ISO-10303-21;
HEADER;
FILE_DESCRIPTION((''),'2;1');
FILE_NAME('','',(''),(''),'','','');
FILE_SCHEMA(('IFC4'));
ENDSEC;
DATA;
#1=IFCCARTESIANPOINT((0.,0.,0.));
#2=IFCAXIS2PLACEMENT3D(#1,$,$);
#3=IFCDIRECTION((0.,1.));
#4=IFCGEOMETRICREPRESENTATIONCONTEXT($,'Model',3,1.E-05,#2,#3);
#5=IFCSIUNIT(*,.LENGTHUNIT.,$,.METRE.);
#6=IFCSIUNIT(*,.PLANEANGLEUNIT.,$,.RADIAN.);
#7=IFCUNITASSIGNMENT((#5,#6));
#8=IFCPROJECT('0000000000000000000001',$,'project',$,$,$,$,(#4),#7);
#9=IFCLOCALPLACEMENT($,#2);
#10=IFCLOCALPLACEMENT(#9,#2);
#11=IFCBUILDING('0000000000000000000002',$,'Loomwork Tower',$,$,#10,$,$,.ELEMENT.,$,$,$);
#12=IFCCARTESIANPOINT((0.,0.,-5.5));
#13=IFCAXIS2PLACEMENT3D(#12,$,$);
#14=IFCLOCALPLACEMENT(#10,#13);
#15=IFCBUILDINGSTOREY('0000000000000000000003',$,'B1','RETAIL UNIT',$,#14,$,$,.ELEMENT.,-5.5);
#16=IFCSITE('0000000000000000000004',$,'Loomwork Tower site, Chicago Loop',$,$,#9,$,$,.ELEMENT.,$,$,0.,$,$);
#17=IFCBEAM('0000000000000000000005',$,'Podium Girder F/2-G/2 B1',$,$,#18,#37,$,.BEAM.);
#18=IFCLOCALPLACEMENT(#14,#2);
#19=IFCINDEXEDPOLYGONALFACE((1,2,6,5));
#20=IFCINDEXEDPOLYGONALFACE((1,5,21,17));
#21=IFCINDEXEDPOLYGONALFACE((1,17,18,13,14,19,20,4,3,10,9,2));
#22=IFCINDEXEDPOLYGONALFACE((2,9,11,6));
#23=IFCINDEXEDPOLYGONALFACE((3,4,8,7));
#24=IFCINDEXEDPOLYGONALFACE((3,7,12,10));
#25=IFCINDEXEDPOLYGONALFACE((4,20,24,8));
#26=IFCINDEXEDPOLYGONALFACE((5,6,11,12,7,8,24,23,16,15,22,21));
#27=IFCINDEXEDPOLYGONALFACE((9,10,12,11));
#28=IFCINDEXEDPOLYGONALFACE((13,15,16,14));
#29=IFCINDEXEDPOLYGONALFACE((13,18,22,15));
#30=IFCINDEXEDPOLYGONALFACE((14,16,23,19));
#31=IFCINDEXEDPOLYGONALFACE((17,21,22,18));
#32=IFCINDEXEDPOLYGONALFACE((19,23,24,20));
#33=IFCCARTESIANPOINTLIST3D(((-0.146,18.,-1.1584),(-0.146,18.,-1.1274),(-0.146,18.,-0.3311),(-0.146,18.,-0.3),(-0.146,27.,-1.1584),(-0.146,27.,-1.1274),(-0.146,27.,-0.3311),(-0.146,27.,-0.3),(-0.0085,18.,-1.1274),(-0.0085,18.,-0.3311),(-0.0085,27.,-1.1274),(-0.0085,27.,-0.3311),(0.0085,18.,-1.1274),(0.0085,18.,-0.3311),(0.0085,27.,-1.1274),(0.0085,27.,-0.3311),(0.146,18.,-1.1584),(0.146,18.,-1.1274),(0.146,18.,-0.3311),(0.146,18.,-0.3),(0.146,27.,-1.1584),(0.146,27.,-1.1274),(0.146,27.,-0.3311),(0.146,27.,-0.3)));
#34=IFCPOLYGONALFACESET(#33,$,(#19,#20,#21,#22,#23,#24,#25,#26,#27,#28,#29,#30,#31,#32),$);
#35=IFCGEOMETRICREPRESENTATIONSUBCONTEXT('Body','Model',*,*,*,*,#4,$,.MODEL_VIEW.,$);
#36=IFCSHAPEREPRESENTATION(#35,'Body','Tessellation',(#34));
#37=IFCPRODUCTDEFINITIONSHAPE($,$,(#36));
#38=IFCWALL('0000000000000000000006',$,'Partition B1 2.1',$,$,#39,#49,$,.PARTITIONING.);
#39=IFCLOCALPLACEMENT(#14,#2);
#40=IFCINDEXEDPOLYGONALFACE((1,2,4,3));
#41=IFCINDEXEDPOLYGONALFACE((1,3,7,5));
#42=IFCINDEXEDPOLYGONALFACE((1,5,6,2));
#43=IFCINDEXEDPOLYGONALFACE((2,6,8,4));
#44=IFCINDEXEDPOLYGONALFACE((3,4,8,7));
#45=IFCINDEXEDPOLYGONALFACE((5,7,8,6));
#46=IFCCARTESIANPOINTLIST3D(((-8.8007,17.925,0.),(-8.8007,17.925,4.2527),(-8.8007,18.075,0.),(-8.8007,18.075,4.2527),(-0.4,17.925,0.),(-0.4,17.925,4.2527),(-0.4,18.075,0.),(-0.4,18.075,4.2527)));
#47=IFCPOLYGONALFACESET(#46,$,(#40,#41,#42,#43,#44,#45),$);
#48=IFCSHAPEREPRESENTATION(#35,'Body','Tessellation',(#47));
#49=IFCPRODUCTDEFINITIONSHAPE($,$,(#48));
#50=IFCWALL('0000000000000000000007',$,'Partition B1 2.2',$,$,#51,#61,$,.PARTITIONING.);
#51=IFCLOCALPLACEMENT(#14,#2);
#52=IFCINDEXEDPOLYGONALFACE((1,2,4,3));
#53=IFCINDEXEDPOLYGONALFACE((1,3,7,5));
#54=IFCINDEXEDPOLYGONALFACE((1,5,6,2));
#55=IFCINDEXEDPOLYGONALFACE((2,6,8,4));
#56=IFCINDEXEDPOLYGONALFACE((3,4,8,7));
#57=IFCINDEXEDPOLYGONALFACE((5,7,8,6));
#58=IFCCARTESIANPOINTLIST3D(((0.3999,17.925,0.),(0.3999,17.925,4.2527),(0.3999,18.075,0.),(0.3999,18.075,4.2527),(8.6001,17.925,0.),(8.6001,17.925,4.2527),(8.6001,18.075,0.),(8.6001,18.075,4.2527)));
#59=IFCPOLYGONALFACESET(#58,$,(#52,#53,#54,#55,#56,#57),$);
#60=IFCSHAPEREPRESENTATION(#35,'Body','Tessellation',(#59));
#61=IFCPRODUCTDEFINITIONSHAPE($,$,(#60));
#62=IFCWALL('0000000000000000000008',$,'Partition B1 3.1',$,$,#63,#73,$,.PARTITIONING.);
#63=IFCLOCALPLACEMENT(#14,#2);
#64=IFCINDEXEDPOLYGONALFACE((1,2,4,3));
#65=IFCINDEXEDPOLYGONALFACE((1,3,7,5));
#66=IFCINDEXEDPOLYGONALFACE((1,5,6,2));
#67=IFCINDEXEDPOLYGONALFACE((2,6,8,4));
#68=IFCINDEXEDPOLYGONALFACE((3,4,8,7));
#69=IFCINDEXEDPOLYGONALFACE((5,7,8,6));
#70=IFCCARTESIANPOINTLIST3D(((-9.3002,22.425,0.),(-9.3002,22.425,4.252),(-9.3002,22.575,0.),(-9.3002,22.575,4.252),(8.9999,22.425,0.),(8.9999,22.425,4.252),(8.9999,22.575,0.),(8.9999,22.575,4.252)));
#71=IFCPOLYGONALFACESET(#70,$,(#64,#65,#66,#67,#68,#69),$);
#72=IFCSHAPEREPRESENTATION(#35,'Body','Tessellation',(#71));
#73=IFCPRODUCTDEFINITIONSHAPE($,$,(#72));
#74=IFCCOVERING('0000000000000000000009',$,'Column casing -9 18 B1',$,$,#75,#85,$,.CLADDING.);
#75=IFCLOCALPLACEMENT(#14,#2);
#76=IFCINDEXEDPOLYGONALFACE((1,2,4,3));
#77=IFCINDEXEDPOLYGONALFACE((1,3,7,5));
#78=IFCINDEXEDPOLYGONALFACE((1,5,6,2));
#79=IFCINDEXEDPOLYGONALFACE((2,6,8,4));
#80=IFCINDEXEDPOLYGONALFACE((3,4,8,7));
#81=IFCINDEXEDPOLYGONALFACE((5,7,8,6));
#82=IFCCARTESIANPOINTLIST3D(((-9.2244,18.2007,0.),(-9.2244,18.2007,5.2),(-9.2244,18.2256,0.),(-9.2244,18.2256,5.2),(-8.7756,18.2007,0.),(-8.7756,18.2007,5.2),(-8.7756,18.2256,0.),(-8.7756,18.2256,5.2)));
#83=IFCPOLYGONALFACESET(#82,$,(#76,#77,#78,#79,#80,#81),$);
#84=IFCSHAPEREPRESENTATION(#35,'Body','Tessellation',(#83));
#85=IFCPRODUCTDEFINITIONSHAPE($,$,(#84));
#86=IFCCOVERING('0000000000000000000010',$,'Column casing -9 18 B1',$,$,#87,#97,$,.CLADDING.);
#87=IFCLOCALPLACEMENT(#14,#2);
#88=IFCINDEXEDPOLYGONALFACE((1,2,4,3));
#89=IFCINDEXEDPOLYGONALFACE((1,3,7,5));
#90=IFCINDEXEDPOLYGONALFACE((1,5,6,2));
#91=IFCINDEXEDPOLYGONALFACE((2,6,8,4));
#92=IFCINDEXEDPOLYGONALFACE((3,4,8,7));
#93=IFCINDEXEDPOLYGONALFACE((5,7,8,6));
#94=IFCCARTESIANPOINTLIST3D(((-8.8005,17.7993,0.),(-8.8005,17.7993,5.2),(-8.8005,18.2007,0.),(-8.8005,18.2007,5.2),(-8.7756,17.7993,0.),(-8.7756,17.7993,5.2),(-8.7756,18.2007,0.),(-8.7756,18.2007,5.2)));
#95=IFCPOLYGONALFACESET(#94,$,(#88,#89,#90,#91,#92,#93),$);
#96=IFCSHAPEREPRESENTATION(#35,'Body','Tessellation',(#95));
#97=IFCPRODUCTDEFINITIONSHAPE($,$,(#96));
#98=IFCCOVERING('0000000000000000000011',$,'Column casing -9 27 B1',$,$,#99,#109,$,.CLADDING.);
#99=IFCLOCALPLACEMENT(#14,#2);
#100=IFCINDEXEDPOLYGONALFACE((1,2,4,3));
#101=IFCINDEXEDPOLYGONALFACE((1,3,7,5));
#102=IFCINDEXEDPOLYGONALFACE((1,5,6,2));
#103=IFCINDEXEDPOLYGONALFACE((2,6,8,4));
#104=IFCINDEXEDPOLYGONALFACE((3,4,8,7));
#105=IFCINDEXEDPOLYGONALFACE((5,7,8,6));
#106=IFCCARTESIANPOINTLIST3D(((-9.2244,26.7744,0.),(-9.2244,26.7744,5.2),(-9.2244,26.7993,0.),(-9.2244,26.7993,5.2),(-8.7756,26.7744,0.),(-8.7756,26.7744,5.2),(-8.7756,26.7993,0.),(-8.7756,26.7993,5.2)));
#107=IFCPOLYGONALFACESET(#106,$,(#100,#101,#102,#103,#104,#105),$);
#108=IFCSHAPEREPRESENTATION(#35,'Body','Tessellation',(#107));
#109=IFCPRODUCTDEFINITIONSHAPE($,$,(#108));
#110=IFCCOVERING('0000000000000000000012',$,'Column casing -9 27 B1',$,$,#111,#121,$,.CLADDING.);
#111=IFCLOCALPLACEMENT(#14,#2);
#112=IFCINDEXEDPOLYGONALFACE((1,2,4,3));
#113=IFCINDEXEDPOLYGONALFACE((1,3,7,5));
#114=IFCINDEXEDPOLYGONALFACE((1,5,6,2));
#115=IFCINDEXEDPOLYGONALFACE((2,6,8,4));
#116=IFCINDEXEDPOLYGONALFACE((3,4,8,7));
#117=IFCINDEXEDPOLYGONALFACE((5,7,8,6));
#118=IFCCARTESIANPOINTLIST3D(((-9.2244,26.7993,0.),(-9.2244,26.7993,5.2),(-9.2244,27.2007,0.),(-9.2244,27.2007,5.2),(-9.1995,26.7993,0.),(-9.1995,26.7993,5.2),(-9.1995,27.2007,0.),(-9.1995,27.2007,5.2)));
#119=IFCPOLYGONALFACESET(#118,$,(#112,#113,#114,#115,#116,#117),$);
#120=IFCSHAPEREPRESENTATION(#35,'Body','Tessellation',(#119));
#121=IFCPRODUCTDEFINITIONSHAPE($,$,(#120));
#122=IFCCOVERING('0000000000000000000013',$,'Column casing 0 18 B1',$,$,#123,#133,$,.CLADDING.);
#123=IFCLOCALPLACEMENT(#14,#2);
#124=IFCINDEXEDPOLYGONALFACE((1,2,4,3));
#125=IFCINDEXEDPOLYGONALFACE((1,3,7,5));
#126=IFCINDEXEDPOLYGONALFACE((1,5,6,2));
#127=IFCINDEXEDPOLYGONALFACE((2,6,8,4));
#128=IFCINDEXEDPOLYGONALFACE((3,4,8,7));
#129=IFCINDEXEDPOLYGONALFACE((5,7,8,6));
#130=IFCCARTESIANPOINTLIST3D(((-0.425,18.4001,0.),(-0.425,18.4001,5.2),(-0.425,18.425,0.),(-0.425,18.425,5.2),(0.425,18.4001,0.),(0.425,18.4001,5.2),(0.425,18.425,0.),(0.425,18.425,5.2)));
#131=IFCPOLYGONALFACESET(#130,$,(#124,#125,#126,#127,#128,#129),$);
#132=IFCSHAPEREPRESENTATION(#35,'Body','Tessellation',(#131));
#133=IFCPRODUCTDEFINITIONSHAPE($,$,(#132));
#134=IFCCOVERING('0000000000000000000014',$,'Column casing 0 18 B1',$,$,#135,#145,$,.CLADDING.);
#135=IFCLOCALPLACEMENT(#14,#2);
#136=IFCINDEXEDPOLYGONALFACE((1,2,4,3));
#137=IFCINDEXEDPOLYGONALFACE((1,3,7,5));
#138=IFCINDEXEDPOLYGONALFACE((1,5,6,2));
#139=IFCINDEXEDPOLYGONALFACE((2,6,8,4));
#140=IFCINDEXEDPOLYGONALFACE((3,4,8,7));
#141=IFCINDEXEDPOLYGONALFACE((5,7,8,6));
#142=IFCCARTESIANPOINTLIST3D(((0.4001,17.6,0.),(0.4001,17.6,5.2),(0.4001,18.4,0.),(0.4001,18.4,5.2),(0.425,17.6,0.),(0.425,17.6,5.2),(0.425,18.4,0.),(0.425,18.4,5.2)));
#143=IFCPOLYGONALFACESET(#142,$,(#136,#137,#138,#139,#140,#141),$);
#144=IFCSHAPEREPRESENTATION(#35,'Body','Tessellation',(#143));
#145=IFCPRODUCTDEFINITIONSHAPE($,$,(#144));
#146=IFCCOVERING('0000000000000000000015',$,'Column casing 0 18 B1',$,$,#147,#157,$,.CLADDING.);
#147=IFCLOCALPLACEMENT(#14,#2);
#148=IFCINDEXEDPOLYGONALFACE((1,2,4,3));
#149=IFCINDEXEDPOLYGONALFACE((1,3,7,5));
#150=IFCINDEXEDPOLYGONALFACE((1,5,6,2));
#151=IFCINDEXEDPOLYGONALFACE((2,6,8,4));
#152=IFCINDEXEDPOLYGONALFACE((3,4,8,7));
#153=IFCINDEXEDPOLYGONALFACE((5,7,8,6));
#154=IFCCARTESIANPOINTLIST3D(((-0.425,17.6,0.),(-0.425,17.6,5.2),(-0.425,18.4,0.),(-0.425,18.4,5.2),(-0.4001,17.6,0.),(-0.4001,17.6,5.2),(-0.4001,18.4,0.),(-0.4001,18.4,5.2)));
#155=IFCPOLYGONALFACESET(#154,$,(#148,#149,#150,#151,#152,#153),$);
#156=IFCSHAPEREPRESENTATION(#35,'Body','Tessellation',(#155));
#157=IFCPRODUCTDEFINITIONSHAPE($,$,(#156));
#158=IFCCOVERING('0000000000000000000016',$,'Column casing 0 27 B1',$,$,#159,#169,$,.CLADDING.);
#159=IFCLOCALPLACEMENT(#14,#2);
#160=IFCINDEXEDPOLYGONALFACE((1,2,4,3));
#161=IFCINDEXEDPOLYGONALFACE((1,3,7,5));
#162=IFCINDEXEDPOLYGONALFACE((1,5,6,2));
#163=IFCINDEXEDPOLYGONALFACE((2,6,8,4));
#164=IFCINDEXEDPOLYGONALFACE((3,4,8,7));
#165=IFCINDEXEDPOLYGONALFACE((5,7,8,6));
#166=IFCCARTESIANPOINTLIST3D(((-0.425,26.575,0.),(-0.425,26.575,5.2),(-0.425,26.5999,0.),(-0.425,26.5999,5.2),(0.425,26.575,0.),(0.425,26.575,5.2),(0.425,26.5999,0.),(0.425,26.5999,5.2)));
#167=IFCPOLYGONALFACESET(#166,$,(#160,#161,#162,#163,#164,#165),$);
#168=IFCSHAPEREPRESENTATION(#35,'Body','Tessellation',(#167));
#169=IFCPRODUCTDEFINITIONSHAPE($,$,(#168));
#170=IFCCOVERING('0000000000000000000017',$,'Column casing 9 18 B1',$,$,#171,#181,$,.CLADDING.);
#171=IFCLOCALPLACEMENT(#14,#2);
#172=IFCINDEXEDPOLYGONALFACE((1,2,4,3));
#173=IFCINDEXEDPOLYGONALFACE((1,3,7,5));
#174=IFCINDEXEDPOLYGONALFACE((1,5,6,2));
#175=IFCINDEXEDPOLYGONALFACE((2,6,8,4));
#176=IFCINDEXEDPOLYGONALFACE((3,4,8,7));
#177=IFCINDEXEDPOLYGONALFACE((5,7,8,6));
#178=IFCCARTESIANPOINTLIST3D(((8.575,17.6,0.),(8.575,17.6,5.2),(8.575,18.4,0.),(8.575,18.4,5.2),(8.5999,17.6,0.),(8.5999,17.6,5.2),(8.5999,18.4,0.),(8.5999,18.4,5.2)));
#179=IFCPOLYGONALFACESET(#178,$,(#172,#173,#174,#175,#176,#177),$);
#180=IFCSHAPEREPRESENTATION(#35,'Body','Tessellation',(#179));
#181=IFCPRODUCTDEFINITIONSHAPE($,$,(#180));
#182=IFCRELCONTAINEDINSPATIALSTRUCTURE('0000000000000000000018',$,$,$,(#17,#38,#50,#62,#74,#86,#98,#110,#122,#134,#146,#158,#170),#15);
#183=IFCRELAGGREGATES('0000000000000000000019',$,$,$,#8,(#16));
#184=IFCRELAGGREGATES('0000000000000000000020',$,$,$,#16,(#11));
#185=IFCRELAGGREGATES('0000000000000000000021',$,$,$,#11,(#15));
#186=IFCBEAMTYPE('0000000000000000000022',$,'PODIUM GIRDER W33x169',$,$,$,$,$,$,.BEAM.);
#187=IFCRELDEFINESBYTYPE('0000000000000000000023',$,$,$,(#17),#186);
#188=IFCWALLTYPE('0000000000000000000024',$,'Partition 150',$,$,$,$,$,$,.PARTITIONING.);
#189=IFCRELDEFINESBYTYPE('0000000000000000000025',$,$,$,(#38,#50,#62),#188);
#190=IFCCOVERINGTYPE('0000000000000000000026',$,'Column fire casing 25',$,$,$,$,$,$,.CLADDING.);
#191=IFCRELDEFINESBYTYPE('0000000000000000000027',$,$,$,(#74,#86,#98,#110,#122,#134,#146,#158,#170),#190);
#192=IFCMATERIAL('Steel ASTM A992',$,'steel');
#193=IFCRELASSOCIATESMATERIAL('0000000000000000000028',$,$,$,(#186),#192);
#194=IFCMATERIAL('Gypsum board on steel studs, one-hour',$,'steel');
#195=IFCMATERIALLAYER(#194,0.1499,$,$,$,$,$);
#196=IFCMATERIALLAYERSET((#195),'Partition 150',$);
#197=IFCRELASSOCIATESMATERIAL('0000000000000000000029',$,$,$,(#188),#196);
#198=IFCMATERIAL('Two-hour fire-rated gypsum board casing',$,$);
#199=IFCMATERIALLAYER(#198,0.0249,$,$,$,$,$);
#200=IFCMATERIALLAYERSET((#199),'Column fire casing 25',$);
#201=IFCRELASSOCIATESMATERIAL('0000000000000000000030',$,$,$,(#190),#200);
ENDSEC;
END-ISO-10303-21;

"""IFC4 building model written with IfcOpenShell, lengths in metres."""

from ifc_helpers import new_model, si_unit, direction, frame, frame_2d, origin, origin_2d, place, context, subcontext, project, spatial, rectangle, i_section, extrude, material, layer, layer_set, material_profile, profile_set, type_object, element, save


model = new_model("IFC4")

# Units and contexts
model_context = context("Model", 3, precision=1e-05, world=origin(), true_north=direction((0.0, 1.0)))
body_context = subcontext(model_context, "Body", "Model", "MODEL_VIEW")
ifc_project = project(units=[si_unit("LENGTHUNIT", "METRE"), si_unit("PLANEANGLEUNIT", "RADIAN")], contexts=[model_context])

# Site, building, storey
site_placement = place(None, origin())
site = spatial("IfcSite", under=ifc_project, at=site_placement, Name="Loomwork Tower site, Chicago Loop", CompositionType="ELEMENT", RefElevation=0.0)
building_placement = place(site_placement, origin())
building = spatial("IfcBuilding", under=site, at=building_placement, Name="Loomwork Tower", CompositionType="ELEMENT")
storey_placement = place(building_placement, frame((0.0, 0.0, -5.5)))
storey = spatial("IfcBuildingStorey", under=building, at=storey_placement, Name="B1", Description="RETAIL UNIT", CompositionType="ELEMENT", Elevation=-5.5)

# Beam
ifc_material_1 = material(Name="Steel ASTM A992", Category="steel")
ifc_material_profile_1 = material_profile(ifc_material_1, i_section(OverallWidth=0.292, OverallDepth=0.8584, WebThickness=0.0171, FlangeThickness=0.031, at=origin_2d()), Name="W33x169")
ifc_profile_set_1 = profile_set([ifc_material_profile_1], Name="Steel ASTM A992")
beam_type_1 = type_object("IfcBeamType", Name="PODIUM GIRDER W33x169", PredefinedType="BEAM", material=ifc_profile_set_1)
for number, where, z_axis, x_axis, name in (
    (1, (0.0, 18.0, -0.7292), (0.0, 1.0, 0.0), (-1.0, 0.0, 0.0), "Podium Girder F/2-G/2 B1"),
):
    element("IfcBeam", number, at=place(storey_placement, frame(where, z_axis=z_axis, x_axis=x_axis)), inside=storey, type_object=beam_type_1, Name=name, PredefinedType="BEAM", context=body_context, shape_type="SweptSolid", body=[
        extrude(i_section(OverallWidth=0.292, OverallDepth=0.8584, WebThickness=0.0171, FlangeThickness=0.031, at=origin_2d()), origin(), (0.0, 0.0, 1.0), 9.0),
    ])

# Walls
ifc_material_2 = material(Name="Gypsum board on steel studs, one-hour", Category="steel")
ifc_layer_1 = layer(ifc_material_2, 0.1499)
ifc_layer_set_1 = layer_set([ifc_layer_1], Name="Partition 150")
wall_type = type_object("IfcWallType", Name="Partition 150", PredefinedType="PARTITIONING", material=ifc_layer_set_1)
wall_1_placement = place(storey_placement, frame((-8.8005, 18.0, 0.0), z_axis=(0.0, 0.0, 1.0), x_axis=(1.0, 0.0, 0.0)))
element("IfcWall", 2, at=wall_1_placement, inside=storey, type_object=wall_type, Name="Partition B1 2.1", PredefinedType="PARTITIONING", context=body_context, shape_type="SweptSolid", body=[
    extrude(rectangle(XDim=8.4006, YDim=0.1499, at=frame_2d((4.2002, 0.0))), origin(), (0.0, 0.0, 1.0), 4.2527),
])
wall_2_placement = place(storey_placement, frame((0.3999, 18.0, 0.0), z_axis=(0.0, 0.0, 1.0), x_axis=(1.0, 0.0, 0.0)))
element("IfcWall", 3, at=wall_2_placement, inside=storey, type_object=wall_type, Name="Partition B1 2.2", PredefinedType="PARTITIONING", context=body_context, shape_type="SweptSolid", body=[
    extrude(rectangle(XDim=8.2002, YDim=0.1499, at=frame_2d((4.1001, 0.0))), origin(), (0.0, 0.0, 1.0), 4.2527),
])
wall_3_placement = place(storey_placement, frame((-9.3, 22.5, 0.0), z_axis=(0.0, 0.0, 1.0), x_axis=(1.0, 0.0, 0.0)))
element("IfcWall", 4, at=wall_3_placement, inside=storey, type_object=wall_type, Name="Partition B1 3.1", PredefinedType="PARTITIONING", context=body_context, shape_type="SweptSolid", body=[
    extrude(rectangle(XDim=18.3, YDim=0.1499, at=frame_2d((9.1499, 0.0))), origin(), (0.0, 0.0, 1.0), 4.252),
])

# Coverings
ifc_material_3 = material(Name="Two-hour fire-rated gypsum board casing")
ifc_layer_2 = layer(ifc_material_3, 0.0249)
ifc_layer_set_2 = layer_set([ifc_layer_2], Name="Column fire casing 25")
covering_type = type_object("IfcCoveringType", Name="Column fire casing 25", PredefinedType="CLADDING", material=ifc_layer_set_2)
covering_1_placement = place(storey_placement, frame((-9.0, 18.2131, 0.0), z_axis=(0.0, 0.0, 1.0), x_axis=(1.0, 0.0, 0.0)))
element("IfcCovering", 5, at=covering_1_placement, inside=storey, type_object=covering_type, Name="Column casing -9 18 B1", PredefinedType="CLADDING", context=body_context, shape_type="SweptSolid", body=[
    extrude(rectangle(XDim=0.4487, YDim=0.0249, at=origin_2d()), origin(), (0.0, 0.0, 1.0), 5.2),
])
covering_2_placement = place(storey_placement, frame((-8.7881, 18.0, 0.0), z_axis=(0.0, 0.0, 1.0), x_axis=(1.0, 0.0, 0.0)))
element("IfcCovering", 6, at=covering_2_placement, inside=storey, type_object=covering_type, Name="Column casing -9 18 B1", PredefinedType="CLADDING", context=body_context, shape_type="SweptSolid", body=[
    extrude(rectangle(XDim=0.0249, YDim=0.4014, at=origin_2d()), origin(), (0.0, 0.0, 1.0), 5.2),
])
covering_3_placement = place(storey_placement, frame((-9.0, 26.7869, 0.0), z_axis=(0.0, 0.0, 1.0), x_axis=(1.0, 0.0, 0.0)))
element("IfcCovering", 7, at=covering_3_placement, inside=storey, type_object=covering_type, Name="Column casing -9 27 B1", PredefinedType="CLADDING", context=body_context, shape_type="SweptSolid", body=[
    extrude(rectangle(XDim=0.4487, YDim=0.0249, at=origin_2d()), origin(), (0.0, 0.0, 1.0), 5.2),
])
covering_4_placement = place(storey_placement, frame((-9.2119, 27.0, 0.0), z_axis=(0.0, 0.0, 1.0), x_axis=(1.0, 0.0, 0.0)))
element("IfcCovering", 8, at=covering_4_placement, inside=storey, type_object=covering_type, Name="Column casing -9 27 B1", PredefinedType="CLADDING", context=body_context, shape_type="SweptSolid", body=[
    extrude(rectangle(XDim=0.0249, YDim=0.4014, at=origin_2d()), origin(), (0.0, 0.0, 1.0), 5.2),
])
covering_5_placement = place(storey_placement, frame((0.0, 18.4126, 0.0), z_axis=(0.0, 0.0, 1.0), x_axis=(1.0, 0.0, 0.0)))
element("IfcCovering", 9, at=covering_5_placement, inside=storey, type_object=covering_type, Name="Column casing 0 18 B1", PredefinedType="CLADDING", context=body_context, shape_type="SweptSolid", body=[
    extrude(rectangle(XDim=0.8501, YDim=0.0249, at=origin_2d()), origin(), (0.0, 0.0, 1.0), 5.2),
])
for number, where, z_axis, x_axis, name in (
    (10, (0.4126, 18.0, 0.0), (0.0, 0.0, 1.0), (1.0, 0.0, 0.0), "Column casing 0 18 B1"),
    (11, (-0.4126, 18.0, 0.0), (0.0, 0.0, 1.0), (1.0, 0.0, 0.0), "Column casing 0 18 B1"),
):
    element("IfcCovering", number, at=place(storey_placement, frame(where, z_axis=z_axis, x_axis=x_axis)), inside=storey, type_object=covering_type, Name=name, PredefinedType="CLADDING", context=body_context, shape_type="SweptSolid", body=[
        extrude(rectangle(XDim=0.0249, YDim=0.8, at=origin_2d()), origin(), (0.0, 0.0, 1.0), 5.2),
    ])
covering_6_placement = place(storey_placement, frame((0.0, 26.5874, 0.0), z_axis=(0.0, 0.0, 1.0), x_axis=(1.0, 0.0, 0.0)))
element("IfcCovering", 12, at=covering_6_placement, inside=storey, type_object=covering_type, Name="Column casing 0 27 B1", PredefinedType="CLADDING", context=body_context, shape_type="SweptSolid", body=[
    extrude(rectangle(XDim=0.8501, YDim=0.0249, at=origin_2d()), origin(), (0.0, 0.0, 1.0), 5.2),
])
covering_7_placement = place(storey_placement, frame((8.5874, 18.0, 0.0), z_axis=(0.0, 0.0, 1.0), x_axis=(1.0, 0.0, 0.0)))
element("IfcCovering", 13, at=covering_7_placement, inside=storey, type_object=covering_type, Name="Column casing 9 18 B1", PredefinedType="CLADDING", context=body_context, shape_type="SweptSolid", body=[
    extrude(rectangle(XDim=0.0249, YDim=0.8, at=origin_2d()), origin(), (0.0, 0.0, 1.0), 5.2),
])

save(model, "model.ifc")
